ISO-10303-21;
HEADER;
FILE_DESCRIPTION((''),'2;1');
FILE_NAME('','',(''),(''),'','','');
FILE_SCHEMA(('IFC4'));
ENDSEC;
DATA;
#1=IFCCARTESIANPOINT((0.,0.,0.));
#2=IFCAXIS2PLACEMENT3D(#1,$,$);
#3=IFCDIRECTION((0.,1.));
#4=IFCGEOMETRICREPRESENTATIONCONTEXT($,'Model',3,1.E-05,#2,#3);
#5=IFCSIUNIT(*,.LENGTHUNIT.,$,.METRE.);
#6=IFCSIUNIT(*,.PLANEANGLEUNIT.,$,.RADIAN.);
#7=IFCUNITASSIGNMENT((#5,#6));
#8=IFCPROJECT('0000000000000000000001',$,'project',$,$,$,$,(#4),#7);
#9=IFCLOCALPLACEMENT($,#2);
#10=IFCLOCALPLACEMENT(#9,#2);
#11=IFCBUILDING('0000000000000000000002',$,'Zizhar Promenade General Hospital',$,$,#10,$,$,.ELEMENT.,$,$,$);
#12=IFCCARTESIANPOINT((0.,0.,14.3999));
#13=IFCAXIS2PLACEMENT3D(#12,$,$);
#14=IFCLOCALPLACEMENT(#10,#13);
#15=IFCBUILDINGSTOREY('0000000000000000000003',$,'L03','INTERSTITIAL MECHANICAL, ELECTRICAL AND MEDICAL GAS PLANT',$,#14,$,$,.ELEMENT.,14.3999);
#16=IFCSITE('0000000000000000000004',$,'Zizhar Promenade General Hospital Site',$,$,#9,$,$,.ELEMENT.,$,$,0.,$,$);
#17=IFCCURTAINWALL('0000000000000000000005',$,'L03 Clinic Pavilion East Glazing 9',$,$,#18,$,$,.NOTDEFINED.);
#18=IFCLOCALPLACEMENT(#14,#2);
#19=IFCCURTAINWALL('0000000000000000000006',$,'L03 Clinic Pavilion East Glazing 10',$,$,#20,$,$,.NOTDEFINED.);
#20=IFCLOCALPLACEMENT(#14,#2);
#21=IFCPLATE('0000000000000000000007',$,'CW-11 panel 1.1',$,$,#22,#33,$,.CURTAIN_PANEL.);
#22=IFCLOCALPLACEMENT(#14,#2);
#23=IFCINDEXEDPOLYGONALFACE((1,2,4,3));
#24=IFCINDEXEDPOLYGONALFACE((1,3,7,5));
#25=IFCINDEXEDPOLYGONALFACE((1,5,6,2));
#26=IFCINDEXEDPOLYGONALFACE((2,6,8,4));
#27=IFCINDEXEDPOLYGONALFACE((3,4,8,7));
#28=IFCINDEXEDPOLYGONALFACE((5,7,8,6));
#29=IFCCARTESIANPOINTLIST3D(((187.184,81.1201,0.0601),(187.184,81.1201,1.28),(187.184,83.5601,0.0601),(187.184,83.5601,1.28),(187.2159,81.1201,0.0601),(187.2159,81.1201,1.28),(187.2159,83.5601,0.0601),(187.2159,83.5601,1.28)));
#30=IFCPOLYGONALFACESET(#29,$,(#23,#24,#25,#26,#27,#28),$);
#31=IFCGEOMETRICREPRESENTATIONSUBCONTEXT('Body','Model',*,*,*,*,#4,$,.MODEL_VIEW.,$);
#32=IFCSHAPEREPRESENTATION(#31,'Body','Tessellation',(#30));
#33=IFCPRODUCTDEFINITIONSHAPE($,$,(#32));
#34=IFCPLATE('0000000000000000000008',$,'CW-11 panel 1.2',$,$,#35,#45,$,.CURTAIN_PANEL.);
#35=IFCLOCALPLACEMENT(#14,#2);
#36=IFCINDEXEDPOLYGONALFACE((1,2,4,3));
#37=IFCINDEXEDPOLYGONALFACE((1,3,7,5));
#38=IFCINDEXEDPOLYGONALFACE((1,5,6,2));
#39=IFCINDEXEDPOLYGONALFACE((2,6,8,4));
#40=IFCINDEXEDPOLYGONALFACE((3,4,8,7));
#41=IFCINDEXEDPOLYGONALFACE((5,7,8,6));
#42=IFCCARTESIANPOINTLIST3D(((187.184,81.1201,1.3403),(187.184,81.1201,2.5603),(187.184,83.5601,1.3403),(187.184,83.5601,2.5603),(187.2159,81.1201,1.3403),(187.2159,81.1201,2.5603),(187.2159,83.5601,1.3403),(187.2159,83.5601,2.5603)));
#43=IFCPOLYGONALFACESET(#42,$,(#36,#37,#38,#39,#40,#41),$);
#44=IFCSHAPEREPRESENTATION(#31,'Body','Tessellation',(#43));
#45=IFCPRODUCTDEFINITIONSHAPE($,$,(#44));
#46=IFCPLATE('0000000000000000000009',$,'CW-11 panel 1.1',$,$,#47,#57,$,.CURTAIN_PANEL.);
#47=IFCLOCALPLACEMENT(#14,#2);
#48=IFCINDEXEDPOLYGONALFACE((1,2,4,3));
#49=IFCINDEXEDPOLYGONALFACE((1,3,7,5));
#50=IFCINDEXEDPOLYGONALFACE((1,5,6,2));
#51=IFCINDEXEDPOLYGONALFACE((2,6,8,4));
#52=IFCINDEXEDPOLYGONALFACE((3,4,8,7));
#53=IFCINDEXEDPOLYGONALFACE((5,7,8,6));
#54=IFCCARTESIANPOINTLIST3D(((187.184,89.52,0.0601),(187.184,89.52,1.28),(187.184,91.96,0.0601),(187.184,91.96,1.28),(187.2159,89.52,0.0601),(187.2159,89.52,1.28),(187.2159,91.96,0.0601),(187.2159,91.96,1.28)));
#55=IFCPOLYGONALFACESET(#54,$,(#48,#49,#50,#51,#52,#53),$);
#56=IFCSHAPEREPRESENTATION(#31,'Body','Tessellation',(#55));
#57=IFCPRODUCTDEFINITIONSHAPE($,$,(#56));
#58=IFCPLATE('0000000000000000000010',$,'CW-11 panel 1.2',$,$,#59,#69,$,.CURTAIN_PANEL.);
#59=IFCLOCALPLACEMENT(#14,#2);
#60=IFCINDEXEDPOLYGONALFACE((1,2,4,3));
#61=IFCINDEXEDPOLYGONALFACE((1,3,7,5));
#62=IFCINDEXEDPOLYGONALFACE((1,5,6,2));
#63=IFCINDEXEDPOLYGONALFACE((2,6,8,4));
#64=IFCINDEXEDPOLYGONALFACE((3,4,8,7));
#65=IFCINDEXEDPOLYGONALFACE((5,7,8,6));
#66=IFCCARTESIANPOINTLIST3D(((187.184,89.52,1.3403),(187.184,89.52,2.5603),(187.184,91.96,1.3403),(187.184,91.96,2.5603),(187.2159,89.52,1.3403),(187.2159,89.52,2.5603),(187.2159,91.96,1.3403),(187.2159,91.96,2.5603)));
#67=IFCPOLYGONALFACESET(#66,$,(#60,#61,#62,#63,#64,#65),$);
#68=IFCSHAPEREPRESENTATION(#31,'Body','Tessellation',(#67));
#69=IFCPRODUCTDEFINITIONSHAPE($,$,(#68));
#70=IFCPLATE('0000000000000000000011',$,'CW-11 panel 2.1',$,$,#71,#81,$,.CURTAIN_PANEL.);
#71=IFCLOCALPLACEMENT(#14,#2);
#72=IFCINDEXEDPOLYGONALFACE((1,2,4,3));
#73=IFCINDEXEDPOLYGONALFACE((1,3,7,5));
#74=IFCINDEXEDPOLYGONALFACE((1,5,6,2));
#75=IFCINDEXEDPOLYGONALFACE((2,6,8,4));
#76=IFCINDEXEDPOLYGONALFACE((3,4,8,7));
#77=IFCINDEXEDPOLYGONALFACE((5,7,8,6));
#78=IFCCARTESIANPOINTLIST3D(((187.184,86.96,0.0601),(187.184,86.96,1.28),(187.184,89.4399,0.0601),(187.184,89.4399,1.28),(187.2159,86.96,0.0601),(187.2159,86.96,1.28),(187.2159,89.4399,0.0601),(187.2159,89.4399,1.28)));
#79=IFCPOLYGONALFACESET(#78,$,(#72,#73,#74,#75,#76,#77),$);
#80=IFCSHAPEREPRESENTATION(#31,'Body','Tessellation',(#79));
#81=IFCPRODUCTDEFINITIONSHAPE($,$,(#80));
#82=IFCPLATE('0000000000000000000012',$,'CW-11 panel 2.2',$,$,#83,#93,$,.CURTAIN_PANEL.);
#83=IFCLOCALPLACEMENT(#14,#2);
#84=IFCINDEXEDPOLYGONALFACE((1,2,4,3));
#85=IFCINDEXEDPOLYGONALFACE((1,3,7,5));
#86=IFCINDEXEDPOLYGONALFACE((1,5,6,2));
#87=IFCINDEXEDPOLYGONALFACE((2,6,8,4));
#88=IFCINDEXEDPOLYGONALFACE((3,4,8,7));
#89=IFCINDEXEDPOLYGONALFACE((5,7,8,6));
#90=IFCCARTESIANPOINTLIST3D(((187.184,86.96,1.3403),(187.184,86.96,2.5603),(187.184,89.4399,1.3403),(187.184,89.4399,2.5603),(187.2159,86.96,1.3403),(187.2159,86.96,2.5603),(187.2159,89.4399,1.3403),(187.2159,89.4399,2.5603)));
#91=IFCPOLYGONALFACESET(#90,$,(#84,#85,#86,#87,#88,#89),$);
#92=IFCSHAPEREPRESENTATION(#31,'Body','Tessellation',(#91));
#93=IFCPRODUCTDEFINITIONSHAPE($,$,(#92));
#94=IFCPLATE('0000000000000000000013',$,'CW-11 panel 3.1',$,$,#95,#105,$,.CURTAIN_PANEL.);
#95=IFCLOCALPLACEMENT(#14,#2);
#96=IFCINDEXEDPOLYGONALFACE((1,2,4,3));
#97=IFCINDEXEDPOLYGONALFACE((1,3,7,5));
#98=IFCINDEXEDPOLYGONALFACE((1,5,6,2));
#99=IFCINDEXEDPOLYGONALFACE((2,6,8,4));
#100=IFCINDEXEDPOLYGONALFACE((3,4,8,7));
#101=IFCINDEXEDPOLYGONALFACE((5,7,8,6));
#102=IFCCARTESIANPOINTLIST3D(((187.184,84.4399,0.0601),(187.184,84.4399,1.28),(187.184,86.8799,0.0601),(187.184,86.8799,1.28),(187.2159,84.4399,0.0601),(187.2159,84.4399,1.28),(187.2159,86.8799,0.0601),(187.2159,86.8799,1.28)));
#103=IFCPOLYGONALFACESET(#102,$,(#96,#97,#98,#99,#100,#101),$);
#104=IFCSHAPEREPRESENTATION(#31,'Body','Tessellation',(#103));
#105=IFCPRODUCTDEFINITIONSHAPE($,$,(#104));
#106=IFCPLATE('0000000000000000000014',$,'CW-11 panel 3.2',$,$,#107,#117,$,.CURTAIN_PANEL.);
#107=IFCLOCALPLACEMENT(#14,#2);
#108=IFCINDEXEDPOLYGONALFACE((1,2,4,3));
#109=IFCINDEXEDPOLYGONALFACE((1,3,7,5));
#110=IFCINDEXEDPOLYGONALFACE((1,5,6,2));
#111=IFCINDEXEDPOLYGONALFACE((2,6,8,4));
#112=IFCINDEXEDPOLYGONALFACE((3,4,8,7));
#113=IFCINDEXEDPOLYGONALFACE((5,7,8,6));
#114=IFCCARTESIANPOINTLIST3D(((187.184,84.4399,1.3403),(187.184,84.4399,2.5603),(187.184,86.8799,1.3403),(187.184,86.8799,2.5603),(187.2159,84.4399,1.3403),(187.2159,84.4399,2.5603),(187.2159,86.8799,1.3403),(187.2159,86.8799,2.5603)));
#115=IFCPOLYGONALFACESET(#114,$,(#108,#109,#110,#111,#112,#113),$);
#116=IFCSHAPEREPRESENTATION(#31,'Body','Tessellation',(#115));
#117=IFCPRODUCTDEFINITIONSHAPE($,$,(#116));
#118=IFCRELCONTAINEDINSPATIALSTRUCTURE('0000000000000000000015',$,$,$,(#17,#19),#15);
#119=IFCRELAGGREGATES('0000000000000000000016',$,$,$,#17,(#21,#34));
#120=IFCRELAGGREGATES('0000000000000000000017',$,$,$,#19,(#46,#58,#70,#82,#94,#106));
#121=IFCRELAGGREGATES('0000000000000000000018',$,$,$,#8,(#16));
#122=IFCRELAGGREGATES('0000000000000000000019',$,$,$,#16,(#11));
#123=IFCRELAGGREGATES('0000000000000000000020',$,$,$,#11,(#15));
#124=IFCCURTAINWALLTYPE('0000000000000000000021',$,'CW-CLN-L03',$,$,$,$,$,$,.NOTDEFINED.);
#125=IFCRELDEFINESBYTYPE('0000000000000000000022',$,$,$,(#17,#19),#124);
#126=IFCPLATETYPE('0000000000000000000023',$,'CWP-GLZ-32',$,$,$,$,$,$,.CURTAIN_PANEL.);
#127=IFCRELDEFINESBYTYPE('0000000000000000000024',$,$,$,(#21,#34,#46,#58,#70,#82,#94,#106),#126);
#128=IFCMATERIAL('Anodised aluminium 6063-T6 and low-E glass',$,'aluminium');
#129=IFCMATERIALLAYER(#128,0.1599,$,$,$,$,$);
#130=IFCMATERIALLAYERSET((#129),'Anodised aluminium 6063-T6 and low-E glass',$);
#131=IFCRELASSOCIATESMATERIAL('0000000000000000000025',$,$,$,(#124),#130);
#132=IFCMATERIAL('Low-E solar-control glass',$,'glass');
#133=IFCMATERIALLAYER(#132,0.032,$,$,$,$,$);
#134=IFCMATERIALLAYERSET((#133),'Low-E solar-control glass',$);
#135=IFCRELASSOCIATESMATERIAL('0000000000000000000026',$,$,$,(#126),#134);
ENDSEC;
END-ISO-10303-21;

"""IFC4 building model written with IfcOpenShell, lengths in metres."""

from ifc_helpers import new_model, si_unit, direction, frame, origin, origin_2d, place, context, subcontext, project, spatial, rectangle, extrude, material, layer, layer_set, type_object, element, aggregate, save


model = new_model("IFC4")

# Units and contexts
model_context = context("Model", 3, precision=1e-05, world=origin(), true_north=direction((0.0, 1.0)))
body_context = subcontext(model_context, "Body", "Model", "MODEL_VIEW")
ifc_project = project(units=[si_unit("LENGTHUNIT", "METRE"), si_unit("PLANEANGLEUNIT", "RADIAN")], contexts=[model_context])

# Site, building, storey
site_placement = place(None, origin())
site = spatial("IfcSite", under=ifc_project, at=site_placement, Name="Zizhar Promenade General Hospital Site", CompositionType="ELEMENT", RefElevation=0.0)
building_placement = place(site_placement, origin())
building = spatial("IfcBuilding", under=site, at=building_placement, Name="Zizhar Promenade General Hospital", CompositionType="ELEMENT")
storey_placement = place(building_placement, frame((0.0, 0.0, 14.3999)))
storey = spatial("IfcBuildingStorey", under=building, at=storey_placement, Name="L03", Description="INTERSTITIAL MECHANICAL, ELECTRICAL AND MEDICAL GAS PLANT", CompositionType="ELEMENT", Elevation=14.3999)

# Curtain walls
ifc_material_1 = material(Name="Anodised aluminium 6063-T6 and low-E glass", Category="aluminium")
ifc_layer_1 = layer(ifc_material_1, 0.1599)
ifc_layer_set_1 = layer_set([ifc_layer_1], Name="Anodised aluminium 6063-T6 and low-E glass")
curtain_wall_type = type_object("IfcCurtainWallType", Name="CW-CLN-L03", PredefinedType="NOTDEFINED", material=ifc_layer_set_1)
curtain_wall_1_placement = place(storey_placement, origin())
curtain_wall_1 = element("IfcCurtainWall", 1, at=curtain_wall_1_placement, inside=storey, type_object=curtain_wall_type, Name="L03 Clinic Pavilion East Glazing 9", PredefinedType="NOTDEFINED")
curtain_wall_2_placement = place(storey_placement, origin())
curtain_wall_2 = element("IfcCurtainWall", 2, at=curtain_wall_2_placement, inside=storey, type_object=curtain_wall_type, Name="L03 Clinic Pavilion East Glazing 10", PredefinedType="NOTDEFINED")

# Plates
ifc_material_2 = material(Name="Low-E solar-control glass", Category="glass")
ifc_layer_2 = layer(ifc_material_2, 0.032)
ifc_layer_set_2 = layer_set([ifc_layer_2], Name="Low-E solar-control glass")
plate_type = type_object("IfcPlateType", Name="CWP-GLZ-32", PredefinedType="CURTAIN_PANEL", material=ifc_layer_set_2)
plate_1_placement = place(storey_placement, frame((187.2, 82.3401, 0.0601), z_axis=(0.0, 0.0, 1.0), x_axis=(0.0, -1.0, 0.0)))
plate_1 = element("IfcPlate", 3, at=plate_1_placement, type_object=plate_type, Name="CW-11 panel 1.1", PredefinedType="CURTAIN_PANEL", context=body_context, shape_type="SweptSolid", body=[
    extrude(rectangle(XDim=2.4399, YDim=0.032, at=origin_2d()), origin(), (0.0, 0.0, 1.0), 1.22),
])
plate_2_placement = place(storey_placement, frame((187.2, 82.3401, 1.3403), z_axis=(0.0, 0.0, 1.0), x_axis=(0.0, -1.0, 0.0)))
plate_2 = element("IfcPlate", 4, at=plate_2_placement, type_object=plate_type, Name="CW-11 panel 1.2", PredefinedType="CURTAIN_PANEL", context=body_context, shape_type="SweptSolid", body=[
    extrude(rectangle(XDim=2.4399, YDim=0.032, at=origin_2d()), origin(), (0.0, 0.0, 1.0), 1.22),
])
aggregate(curtain_wall_1, [plate_1, plate_2])
plate_3_placement = place(storey_placement, frame((187.2, 90.74, 0.0601), z_axis=(0.0, 0.0, 1.0), x_axis=(0.0, -1.0, 0.0)))
plate_3 = element("IfcPlate", 5, at=plate_3_placement, type_object=plate_type, Name="CW-11 panel 1.1", PredefinedType="CURTAIN_PANEL", context=body_context, shape_type="SweptSolid", body=[
    extrude(rectangle(XDim=2.4399, YDim=0.032, at=origin_2d()), origin(), (0.0, 0.0, 1.0), 1.22),
])
plate_4_placement = place(storey_placement, frame((187.2, 90.74, 1.3403), z_axis=(0.0, 0.0, 1.0), x_axis=(0.0, -1.0, 0.0)))
plate_4 = element("IfcPlate", 6, at=plate_4_placement, type_object=plate_type, Name="CW-11 panel 1.2", PredefinedType="CURTAIN_PANEL", context=body_context, shape_type="SweptSolid", body=[
    extrude(rectangle(XDim=2.4399, YDim=0.032, at=origin_2d()), origin(), (0.0, 0.0, 1.0), 1.22),
])
plate_5_placement = place(storey_placement, frame((187.2, 88.2, 0.0601), z_axis=(0.0, 0.0, 1.0), x_axis=(0.0, -1.0, 0.0)))
plate_5 = element("IfcPlate", 7, at=plate_5_placement, type_object=plate_type, Name="CW-11 panel 2.1", PredefinedType="CURTAIN_PANEL", context=body_context, shape_type="SweptSolid", body=[
    extrude(rectangle(XDim=2.48, YDim=0.032, at=origin_2d()), origin(), (0.0, 0.0, 1.0), 1.22),
])
plate_6_placement = place(storey_placement, frame((187.2, 88.2, 1.3403), z_axis=(0.0, 0.0, 1.0), x_axis=(0.0, -1.0, 0.0)))
plate_6 = element("IfcPlate", 8, at=plate_6_placement, type_object=plate_type, Name="CW-11 panel 2.2", PredefinedType="CURTAIN_PANEL", context=body_context, shape_type="SweptSolid", body=[
    extrude(rectangle(XDim=2.48, YDim=0.032, at=origin_2d()), origin(), (0.0, 0.0, 1.0), 1.22),
])
plate_7_placement = place(storey_placement, frame((187.2, 85.6599, 0.0601), z_axis=(0.0, 0.0, 1.0), x_axis=(0.0, -1.0, 0.0)))
plate_7 = element("IfcPlate", 9, at=plate_7_placement, type_object=plate_type, Name="CW-11 panel 3.1", PredefinedType="CURTAIN_PANEL", context=body_context, shape_type="SweptSolid", body=[
    extrude(rectangle(XDim=2.4399, YDim=0.032, at=origin_2d()), origin(), (0.0, 0.0, 1.0), 1.22),
])
plate_8_placement = place(storey_placement, frame((187.2, 85.6599, 1.3403), z_axis=(0.0, 0.0, 1.0), x_axis=(0.0, -1.0, 0.0)))
plate_8 = element("IfcPlate", 10, at=plate_8_placement, type_object=plate_type, Name="CW-11 panel 3.2", PredefinedType="CURTAIN_PANEL", context=body_context, shape_type="SweptSolid", body=[
    extrude(rectangle(XDim=2.4399, YDim=0.032, at=origin_2d()), origin(), (0.0, 0.0, 1.0), 1.22),
])
aggregate(curtain_wall_2, [plate_3, plate_4, plate_5, plate_6, plate_7, plate_8])

save(model, "model.ifc")
